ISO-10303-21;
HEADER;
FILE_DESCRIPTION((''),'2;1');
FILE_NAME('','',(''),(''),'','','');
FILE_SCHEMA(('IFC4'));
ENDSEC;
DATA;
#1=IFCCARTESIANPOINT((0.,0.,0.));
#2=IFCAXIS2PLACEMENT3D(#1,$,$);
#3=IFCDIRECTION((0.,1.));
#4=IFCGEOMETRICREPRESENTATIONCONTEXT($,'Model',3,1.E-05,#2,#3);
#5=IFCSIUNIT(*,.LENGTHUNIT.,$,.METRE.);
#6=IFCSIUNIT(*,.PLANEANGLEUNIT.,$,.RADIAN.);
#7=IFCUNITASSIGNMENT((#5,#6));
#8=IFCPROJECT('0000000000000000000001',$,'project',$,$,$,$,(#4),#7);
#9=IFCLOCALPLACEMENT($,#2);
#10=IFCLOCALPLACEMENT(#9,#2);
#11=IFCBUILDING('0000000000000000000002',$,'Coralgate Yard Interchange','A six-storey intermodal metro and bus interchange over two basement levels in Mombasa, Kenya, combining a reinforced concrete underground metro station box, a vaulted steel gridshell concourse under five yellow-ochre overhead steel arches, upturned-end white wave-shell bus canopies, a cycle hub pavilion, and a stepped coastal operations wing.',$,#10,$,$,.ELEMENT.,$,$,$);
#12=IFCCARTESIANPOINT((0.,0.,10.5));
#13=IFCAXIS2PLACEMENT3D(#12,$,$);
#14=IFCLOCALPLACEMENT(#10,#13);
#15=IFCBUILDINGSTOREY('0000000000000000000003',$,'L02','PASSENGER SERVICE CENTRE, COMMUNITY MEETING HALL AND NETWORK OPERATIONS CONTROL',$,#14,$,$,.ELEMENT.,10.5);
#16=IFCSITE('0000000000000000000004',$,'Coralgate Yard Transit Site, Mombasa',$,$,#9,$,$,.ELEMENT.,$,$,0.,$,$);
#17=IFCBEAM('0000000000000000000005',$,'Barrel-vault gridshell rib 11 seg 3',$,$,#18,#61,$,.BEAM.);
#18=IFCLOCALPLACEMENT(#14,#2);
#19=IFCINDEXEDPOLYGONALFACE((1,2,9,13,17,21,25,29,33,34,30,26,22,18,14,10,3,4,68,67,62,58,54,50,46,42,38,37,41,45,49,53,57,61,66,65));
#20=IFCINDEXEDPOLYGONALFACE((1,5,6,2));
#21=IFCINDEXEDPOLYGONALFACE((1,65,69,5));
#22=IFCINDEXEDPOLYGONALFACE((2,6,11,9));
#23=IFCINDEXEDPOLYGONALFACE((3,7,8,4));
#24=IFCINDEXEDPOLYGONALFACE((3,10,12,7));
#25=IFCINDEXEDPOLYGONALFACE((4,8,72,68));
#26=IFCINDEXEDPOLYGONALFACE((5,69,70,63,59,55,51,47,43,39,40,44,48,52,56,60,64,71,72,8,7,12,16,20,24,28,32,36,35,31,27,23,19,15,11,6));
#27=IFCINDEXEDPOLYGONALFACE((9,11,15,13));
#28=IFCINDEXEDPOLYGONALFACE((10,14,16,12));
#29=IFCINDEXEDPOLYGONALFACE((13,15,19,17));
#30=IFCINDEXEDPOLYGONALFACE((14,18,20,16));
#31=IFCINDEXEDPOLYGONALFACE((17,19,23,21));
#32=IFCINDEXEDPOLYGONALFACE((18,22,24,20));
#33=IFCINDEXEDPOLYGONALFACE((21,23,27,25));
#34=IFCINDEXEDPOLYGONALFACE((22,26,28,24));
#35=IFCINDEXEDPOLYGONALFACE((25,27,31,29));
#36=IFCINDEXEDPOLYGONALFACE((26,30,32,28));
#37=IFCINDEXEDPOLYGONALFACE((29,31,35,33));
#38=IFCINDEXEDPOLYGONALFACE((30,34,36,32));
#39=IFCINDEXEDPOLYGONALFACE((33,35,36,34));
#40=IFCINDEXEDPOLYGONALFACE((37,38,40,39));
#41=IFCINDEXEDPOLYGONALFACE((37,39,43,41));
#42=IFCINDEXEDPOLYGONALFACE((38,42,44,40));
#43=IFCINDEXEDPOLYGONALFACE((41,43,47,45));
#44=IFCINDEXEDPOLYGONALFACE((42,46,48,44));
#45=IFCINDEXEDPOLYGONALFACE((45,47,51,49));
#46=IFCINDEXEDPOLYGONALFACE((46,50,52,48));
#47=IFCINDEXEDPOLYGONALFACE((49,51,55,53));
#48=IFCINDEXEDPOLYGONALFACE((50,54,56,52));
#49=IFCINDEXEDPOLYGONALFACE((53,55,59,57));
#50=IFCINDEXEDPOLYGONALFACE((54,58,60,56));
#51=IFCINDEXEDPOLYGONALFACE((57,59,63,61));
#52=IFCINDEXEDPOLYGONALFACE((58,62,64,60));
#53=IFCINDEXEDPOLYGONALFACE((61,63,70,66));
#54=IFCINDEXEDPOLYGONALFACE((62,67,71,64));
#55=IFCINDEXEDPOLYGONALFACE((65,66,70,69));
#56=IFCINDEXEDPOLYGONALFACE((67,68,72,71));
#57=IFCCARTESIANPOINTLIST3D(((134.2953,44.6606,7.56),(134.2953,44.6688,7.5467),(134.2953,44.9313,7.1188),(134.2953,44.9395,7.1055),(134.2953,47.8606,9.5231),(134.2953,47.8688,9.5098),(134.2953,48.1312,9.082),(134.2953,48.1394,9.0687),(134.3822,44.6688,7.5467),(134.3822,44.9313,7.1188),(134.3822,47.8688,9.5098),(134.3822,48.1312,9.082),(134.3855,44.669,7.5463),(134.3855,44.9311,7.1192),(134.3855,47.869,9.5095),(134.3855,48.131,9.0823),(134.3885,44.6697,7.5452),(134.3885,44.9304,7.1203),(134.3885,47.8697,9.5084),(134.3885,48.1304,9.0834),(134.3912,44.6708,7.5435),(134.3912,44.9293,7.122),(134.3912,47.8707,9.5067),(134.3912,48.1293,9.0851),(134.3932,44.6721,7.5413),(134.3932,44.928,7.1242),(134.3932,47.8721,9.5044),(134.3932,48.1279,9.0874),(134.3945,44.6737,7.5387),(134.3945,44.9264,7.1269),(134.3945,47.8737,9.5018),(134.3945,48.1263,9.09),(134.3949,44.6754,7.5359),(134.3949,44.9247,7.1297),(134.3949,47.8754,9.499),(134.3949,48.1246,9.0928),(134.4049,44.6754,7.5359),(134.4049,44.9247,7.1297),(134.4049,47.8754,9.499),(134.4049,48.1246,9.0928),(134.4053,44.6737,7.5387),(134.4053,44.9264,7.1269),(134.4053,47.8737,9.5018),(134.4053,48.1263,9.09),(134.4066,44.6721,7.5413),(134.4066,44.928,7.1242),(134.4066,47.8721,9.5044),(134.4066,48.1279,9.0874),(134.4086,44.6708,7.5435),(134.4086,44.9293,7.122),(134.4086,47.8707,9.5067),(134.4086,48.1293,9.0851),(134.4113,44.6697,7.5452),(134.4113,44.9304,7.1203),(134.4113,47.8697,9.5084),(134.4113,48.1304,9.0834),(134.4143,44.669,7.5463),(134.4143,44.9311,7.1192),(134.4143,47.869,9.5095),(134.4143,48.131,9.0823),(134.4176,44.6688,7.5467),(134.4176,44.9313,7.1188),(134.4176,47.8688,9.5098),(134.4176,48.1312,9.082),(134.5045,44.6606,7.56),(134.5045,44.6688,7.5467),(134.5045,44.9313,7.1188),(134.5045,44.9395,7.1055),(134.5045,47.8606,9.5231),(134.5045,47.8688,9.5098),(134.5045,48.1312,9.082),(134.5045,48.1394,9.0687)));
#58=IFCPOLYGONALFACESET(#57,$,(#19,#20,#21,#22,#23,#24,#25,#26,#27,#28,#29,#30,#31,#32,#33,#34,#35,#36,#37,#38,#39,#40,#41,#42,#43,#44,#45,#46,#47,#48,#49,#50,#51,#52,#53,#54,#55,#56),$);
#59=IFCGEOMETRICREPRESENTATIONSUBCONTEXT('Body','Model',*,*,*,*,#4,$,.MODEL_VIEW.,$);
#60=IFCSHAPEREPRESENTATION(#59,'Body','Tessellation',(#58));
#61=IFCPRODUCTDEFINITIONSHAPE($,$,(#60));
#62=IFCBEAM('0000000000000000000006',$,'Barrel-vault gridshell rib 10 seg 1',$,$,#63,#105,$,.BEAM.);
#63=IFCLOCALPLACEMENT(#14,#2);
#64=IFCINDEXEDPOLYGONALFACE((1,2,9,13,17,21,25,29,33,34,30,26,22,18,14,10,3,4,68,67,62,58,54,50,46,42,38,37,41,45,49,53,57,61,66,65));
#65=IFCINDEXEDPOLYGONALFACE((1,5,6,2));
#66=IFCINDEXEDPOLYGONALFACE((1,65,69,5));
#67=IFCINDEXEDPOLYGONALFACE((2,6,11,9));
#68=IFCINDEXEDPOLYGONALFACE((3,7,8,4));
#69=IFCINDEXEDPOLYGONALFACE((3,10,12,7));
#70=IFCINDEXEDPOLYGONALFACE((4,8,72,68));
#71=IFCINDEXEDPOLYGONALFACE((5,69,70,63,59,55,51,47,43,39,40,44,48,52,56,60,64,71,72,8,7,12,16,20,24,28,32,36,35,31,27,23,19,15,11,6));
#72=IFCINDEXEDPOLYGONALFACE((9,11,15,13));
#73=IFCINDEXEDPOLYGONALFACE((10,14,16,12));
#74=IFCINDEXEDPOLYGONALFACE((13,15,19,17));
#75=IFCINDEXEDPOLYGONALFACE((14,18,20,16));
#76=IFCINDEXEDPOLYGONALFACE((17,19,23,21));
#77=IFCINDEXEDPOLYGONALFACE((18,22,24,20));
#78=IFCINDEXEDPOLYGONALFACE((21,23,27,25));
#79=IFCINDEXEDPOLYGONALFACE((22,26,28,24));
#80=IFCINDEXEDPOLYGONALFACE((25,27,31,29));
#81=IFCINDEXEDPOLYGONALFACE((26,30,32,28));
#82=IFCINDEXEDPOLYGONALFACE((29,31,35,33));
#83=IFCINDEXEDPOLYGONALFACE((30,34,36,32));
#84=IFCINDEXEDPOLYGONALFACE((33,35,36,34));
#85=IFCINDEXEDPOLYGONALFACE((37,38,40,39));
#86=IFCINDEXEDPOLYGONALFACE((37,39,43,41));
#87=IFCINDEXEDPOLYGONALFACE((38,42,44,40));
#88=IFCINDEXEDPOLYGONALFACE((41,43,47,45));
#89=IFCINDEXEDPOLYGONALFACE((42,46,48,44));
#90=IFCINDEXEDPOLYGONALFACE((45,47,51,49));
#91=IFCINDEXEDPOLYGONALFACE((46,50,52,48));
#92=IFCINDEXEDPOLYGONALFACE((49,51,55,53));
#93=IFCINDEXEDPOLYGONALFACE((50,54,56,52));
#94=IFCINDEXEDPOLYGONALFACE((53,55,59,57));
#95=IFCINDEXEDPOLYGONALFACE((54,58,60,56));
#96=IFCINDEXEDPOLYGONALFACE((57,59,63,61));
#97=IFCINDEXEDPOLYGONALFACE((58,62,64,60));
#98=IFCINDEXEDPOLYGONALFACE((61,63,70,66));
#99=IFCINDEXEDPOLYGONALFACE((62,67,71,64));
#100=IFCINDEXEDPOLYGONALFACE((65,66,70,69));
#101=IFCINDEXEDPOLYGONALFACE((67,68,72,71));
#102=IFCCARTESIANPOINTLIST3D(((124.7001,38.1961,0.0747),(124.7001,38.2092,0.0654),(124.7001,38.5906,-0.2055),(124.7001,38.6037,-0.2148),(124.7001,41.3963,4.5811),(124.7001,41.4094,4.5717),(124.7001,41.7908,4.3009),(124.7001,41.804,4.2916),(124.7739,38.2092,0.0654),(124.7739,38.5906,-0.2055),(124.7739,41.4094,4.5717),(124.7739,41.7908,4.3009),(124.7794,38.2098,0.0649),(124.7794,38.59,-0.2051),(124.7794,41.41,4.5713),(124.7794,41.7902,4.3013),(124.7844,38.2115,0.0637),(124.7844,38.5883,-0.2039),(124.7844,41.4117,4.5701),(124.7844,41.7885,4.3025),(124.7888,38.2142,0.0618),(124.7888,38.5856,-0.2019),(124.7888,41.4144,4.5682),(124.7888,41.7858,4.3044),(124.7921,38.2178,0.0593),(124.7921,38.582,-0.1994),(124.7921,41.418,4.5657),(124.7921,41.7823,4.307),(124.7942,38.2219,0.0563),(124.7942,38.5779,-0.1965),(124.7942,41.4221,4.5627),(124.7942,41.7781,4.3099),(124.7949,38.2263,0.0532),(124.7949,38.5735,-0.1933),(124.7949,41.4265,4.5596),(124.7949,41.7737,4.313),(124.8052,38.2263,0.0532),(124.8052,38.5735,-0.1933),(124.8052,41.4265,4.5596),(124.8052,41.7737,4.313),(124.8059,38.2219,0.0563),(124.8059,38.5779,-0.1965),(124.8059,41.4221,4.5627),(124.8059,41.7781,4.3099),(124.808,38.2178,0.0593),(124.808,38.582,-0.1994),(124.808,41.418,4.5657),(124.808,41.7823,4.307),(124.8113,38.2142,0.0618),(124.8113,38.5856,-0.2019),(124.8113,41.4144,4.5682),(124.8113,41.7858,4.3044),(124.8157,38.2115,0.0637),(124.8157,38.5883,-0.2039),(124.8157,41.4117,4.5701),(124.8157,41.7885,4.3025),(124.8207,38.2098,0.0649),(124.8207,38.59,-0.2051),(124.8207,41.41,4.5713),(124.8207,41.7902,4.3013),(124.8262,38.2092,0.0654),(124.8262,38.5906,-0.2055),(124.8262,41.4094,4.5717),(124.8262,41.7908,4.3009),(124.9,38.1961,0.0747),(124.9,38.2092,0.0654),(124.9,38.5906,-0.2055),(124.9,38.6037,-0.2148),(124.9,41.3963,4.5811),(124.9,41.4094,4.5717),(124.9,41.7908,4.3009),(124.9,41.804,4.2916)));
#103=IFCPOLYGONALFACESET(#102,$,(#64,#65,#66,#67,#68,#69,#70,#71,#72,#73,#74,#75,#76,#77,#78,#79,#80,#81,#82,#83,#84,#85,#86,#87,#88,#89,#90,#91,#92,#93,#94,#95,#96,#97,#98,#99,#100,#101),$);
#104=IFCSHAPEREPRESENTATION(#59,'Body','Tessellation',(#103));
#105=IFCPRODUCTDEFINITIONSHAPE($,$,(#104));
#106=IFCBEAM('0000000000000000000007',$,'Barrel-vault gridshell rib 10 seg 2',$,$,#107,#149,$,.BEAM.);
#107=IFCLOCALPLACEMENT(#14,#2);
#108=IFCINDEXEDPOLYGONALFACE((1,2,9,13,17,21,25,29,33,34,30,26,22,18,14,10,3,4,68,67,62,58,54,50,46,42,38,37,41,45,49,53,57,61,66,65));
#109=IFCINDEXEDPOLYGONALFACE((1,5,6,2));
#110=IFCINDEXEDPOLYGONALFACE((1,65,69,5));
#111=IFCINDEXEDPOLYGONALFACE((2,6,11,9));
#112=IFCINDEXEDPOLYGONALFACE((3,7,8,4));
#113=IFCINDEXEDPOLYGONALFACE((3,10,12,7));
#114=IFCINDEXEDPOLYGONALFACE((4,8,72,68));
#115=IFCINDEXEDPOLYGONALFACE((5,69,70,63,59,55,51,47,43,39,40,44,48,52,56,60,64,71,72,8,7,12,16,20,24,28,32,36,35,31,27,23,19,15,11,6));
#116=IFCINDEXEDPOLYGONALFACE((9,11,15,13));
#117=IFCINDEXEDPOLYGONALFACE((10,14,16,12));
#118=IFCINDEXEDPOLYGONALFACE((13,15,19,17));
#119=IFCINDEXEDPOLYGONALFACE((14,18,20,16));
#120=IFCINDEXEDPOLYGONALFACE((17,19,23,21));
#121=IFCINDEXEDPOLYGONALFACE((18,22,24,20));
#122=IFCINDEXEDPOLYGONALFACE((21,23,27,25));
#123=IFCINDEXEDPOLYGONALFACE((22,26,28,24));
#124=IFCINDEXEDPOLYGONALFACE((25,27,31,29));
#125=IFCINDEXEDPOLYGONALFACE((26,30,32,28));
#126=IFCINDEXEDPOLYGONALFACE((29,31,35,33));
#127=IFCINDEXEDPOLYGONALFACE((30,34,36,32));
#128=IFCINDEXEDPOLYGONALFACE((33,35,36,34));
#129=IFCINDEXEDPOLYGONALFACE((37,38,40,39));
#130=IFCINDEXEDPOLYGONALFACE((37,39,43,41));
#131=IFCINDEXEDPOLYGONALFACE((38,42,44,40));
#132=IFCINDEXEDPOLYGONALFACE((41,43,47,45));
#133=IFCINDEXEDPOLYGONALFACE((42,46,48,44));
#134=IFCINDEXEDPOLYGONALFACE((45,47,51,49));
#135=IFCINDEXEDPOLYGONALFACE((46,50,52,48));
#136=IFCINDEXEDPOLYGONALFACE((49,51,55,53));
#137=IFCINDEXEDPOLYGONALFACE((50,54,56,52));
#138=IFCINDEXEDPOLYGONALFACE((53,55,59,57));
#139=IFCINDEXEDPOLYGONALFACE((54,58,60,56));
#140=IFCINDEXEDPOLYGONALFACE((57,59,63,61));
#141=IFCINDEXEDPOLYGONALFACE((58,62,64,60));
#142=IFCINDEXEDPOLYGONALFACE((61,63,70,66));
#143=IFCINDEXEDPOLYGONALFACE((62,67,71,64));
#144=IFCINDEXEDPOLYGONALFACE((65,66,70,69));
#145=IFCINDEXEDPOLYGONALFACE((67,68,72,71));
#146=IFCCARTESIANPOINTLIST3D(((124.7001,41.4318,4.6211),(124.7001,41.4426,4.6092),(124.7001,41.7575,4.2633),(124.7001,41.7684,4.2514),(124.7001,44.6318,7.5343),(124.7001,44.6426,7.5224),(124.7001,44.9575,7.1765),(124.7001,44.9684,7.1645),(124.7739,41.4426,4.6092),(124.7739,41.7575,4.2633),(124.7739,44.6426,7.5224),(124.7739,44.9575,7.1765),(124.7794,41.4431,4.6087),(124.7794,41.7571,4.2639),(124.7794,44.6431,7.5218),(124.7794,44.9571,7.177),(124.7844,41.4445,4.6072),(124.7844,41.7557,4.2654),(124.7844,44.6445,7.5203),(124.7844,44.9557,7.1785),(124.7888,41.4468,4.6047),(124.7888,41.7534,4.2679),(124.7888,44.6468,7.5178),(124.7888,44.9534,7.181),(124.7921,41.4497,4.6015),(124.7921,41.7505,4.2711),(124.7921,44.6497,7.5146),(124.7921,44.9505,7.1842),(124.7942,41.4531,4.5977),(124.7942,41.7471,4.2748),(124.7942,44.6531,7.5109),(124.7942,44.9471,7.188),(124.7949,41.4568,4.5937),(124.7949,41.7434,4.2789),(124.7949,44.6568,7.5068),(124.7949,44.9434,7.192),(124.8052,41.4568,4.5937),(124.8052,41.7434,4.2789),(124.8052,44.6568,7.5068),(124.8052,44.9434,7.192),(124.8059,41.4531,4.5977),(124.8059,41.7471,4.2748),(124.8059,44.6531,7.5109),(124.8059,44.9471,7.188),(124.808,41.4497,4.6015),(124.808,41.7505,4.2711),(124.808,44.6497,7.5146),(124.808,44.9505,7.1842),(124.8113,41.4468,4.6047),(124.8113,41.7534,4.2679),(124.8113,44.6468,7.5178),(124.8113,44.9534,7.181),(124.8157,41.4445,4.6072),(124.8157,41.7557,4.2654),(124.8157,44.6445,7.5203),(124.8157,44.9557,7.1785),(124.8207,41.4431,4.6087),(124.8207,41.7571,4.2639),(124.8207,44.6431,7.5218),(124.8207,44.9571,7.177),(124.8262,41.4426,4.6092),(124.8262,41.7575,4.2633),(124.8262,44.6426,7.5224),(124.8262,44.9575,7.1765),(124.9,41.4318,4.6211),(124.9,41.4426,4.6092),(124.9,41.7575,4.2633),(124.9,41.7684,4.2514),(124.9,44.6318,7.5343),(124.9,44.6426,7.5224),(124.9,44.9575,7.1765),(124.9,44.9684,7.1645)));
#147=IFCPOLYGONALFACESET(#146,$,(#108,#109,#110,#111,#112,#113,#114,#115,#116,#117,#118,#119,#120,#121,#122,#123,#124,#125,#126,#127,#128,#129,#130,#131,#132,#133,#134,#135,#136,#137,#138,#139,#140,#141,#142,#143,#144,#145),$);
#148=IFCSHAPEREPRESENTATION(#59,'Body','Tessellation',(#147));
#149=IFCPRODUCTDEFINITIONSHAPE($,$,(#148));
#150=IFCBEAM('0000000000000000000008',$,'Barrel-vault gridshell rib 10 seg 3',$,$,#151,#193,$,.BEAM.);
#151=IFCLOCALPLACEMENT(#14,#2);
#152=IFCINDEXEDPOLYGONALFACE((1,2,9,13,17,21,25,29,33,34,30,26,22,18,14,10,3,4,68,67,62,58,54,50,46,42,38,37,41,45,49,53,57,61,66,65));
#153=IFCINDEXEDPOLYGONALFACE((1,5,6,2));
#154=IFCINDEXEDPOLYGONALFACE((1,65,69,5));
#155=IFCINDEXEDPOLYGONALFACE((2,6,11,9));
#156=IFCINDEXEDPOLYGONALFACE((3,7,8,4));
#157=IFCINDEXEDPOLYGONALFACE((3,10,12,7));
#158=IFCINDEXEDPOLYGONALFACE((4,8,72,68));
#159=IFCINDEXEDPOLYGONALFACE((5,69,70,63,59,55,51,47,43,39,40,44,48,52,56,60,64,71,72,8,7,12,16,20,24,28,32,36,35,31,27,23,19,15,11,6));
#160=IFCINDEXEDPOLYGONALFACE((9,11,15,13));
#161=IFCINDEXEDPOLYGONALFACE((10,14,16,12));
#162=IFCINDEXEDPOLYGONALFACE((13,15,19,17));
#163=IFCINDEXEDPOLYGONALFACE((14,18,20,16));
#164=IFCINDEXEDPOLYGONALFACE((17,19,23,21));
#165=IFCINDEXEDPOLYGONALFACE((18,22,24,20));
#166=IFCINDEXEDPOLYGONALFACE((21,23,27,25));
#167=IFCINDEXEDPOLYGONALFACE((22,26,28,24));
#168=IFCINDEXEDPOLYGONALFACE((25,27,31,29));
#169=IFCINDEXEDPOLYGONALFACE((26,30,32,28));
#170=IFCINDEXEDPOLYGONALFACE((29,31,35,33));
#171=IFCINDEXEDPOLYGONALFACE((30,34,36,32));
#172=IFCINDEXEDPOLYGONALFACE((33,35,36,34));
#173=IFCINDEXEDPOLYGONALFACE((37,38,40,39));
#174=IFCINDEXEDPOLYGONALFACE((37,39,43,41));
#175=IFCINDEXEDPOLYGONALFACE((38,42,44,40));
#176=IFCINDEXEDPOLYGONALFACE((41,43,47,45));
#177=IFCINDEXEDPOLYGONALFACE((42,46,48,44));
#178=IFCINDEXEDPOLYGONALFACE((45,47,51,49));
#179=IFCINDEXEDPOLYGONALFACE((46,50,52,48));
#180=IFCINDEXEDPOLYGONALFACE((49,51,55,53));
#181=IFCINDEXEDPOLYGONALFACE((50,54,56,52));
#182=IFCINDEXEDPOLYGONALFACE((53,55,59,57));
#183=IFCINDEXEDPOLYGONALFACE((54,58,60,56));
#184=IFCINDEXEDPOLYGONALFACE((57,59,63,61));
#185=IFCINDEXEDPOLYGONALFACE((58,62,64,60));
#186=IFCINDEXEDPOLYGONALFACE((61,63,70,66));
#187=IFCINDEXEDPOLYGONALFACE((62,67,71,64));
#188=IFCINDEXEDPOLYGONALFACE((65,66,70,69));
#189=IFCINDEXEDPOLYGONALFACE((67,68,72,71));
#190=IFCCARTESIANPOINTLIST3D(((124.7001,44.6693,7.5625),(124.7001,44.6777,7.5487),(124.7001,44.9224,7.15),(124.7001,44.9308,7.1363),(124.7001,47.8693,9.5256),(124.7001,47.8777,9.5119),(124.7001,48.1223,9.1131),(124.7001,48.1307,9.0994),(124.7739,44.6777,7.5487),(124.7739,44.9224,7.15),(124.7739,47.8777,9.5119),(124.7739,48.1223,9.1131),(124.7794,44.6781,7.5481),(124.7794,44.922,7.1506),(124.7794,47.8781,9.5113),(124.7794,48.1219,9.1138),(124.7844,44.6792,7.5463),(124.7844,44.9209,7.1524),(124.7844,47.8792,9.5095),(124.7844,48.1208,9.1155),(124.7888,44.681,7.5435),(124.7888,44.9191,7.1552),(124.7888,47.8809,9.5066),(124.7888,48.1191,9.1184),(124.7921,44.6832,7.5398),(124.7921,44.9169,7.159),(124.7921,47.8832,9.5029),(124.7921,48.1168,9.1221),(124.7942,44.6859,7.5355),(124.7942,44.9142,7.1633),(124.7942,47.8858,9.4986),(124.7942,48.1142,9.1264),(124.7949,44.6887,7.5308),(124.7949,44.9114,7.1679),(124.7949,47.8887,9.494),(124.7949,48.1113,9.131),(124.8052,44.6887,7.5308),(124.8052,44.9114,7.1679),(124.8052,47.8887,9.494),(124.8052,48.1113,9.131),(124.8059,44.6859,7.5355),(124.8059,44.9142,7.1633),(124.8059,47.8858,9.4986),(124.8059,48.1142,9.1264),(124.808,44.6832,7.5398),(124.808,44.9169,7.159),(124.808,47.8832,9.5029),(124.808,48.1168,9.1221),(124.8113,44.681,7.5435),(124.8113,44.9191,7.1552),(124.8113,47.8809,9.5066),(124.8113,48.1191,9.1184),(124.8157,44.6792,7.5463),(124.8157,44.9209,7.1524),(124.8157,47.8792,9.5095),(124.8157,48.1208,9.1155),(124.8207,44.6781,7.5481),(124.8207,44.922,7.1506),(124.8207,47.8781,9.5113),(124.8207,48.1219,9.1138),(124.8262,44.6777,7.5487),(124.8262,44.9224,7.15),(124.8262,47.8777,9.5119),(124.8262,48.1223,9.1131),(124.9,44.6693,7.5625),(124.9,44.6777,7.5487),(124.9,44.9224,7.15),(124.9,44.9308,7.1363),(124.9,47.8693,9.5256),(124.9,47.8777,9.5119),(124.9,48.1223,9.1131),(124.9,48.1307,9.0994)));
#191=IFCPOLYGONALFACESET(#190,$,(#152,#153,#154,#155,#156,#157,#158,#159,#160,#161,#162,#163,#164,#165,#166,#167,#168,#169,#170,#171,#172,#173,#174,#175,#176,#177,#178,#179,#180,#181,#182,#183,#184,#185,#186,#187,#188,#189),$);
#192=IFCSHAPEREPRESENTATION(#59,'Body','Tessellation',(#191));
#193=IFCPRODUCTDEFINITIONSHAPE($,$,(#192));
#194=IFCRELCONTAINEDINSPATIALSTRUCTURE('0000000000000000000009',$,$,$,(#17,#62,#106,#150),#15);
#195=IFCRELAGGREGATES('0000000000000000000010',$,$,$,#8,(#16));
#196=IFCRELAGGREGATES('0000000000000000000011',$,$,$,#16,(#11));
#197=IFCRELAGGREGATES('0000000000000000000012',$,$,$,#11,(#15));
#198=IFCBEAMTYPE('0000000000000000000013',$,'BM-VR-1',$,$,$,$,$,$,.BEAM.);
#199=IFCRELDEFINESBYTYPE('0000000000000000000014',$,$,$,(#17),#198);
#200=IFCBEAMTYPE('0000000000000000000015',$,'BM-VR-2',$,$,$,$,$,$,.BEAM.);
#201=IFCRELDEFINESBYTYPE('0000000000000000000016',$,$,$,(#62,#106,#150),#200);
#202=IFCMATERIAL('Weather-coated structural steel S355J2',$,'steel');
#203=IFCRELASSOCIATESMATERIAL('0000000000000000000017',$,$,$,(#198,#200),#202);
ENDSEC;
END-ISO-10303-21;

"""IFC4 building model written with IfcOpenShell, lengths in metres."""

from ifc_helpers import new_model, si_unit, direction, frame, origin, origin_2d, place, context, subcontext, project, spatial, i_section, extrude, material, material_profile, profile_set, type_object, element, save


model = new_model("IFC4")

# Units and contexts
model_context = context("Model", 3, precision=1e-05, world=origin(), true_north=direction((0.0, 1.0)))
body_context = subcontext(model_context, "Body", "Model", "MODEL_VIEW")
ifc_project = project(units=[si_unit("LENGTHUNIT", "METRE"), si_unit("PLANEANGLEUNIT", "RADIAN")], contexts=[model_context])

# Site, building, storey
site_placement = place(None, origin())
site = spatial("IfcSite", under=ifc_project, at=site_placement, Name="Coralgate Yard Transit Site, Mombasa", CompositionType="ELEMENT", RefElevation=0.0)
building_placement = place(site_placement, origin())
building = spatial("IfcBuilding", under=site, at=building_placement, Name="Coralgate Yard Interchange", Description="A six-storey intermodal metro and bus interchange over two basement levels in Mombasa, Kenya, combining a reinforced concrete underground metro station box, a vaulted steel gridshell concourse under five yellow-ochre overhead steel arches, upturned-end white wave-shell bus canopies, a cycle hub pavilion, and a stepped coastal operations wing.", CompositionType="ELEMENT")
storey_placement = place(building_placement, frame((0.0, 0.0, 10.5)))
storey = spatial("IfcBuildingStorey", under=building, at=storey_placement, Name="L02", Description="PASSENGER SERVICE CENTRE, COMMUNITY MEETING HALL AND NETWORK OPERATIONS CONTROL", CompositionType="ELEMENT", Elevation=10.5)

# Beams
ifc_material_1 = material(Name="Weather-coated structural steel S355J2", Category="steel")
ifc_material_profile_1 = material_profile(ifc_material_1, i_section(OverallWidth=0.2092, OverallDepth=0.5332, WebThickness=0.01, FlangeThickness=0.0156, FilletRadius=0.0127, at=origin_2d()), Name="UB 533x210x92")
ifc_profile_set_1 = profile_set([ifc_material_profile_1], Name="Weather-coated structural steel S355J2")
beam_type_1 = type_object("IfcBeamType", Name="BM-VR-1", PredefinedType="BEAM", material=ifc_profile_set_1)
beam_1_placement = place(storey_placement, frame((134.3999, 44.8, 7.3328), z_axis=(0.0, 0.852379, 0.522925), x_axis=(-1.0, 0.0, 0.0)))
element("IfcBeam", 1, at=beam_1_placement, inside=storey, type_object=beam_type_1, Name="Barrel-vault gridshell rib 11 seg 3", PredefinedType="BEAM", context=body_context, shape_type="SweptSolid", body=[
    extrude(i_section(OverallWidth=0.2092, OverallDepth=0.5332, WebThickness=0.01, FlangeThickness=0.0156, FilletRadius=0.0127, at=origin_2d()), origin(), (0.0, 0.0, 1.0), 3.7542),
])
ifc_material_profile_2 = material_profile(ifc_material_1, i_section(OverallWidth=0.2, OverallDepth=0.5, WebThickness=0.0103, FlangeThickness=0.0161, FilletRadius=0.021, at=origin_2d()), Name="IPE 500")
ifc_profile_set_2 = profile_set([ifc_material_profile_2], Name="Weather-coated structural steel S355J2")
beam_type_2 = type_object("IfcBeamType", Name="BM-VR-2", PredefinedType="BEAM", material=ifc_profile_set_2)
beam_2_placement = place(storey_placement, frame((124.8, 38.3999, -0.0701), z_axis=(0.0, 0.579005, 0.815324), x_axis=(-1.0, 0.0, 0.0)))
element("IfcBeam", 2, at=beam_2_placement, inside=storey, type_object=beam_type_2, Name="Barrel-vault gridshell rib 10 seg 1", PredefinedType="BEAM", context=body_context, shape_type="SweptSolid", body=[
    extrude(i_section(OverallWidth=0.2, OverallDepth=0.5, WebThickness=0.0103, FlangeThickness=0.0161, FilletRadius=0.021, at=origin_2d()), origin(), (0.0, 0.0, 1.0), 5.5271),
])
beam_3_placement = place(storey_placement, frame((124.8, 41.6001, 4.4363), z_axis=(0.0, 0.739475, 0.673184), x_axis=(-1.0, 0.0, 0.0)))
element("IfcBeam", 3, at=beam_3_placement, inside=storey, type_object=beam_type_2, Name="Barrel-vault gridshell rib 10 seg 2", PredefinedType="BEAM", context=body_context, shape_type="SweptSolid", body=[
    extrude(i_section(OverallWidth=0.2, OverallDepth=0.5, WebThickness=0.0103, FlangeThickness=0.0161, FilletRadius=0.021, at=origin_2d()), origin(), (0.0, 0.0, 1.0), 4.3274),
])
beam_4_placement = place(storey_placement, frame((124.8, 44.8, 7.3494), z_axis=(0.0, 0.852379, 0.522925), x_axis=(-1.0, 0.0, 0.0)))
element("IfcBeam", 4, at=beam_4_placement, inside=storey, type_object=beam_type_2, Name="Barrel-vault gridshell rib 10 seg 3", PredefinedType="BEAM", context=body_context, shape_type="SweptSolid", body=[
    extrude(i_section(OverallWidth=0.2, OverallDepth=0.5, WebThickness=0.0103, FlangeThickness=0.0161, FilletRadius=0.021, at=origin_2d()), origin(), (0.0, 0.0, 1.0), 3.7542),
])

save(model, "model.ifc")
